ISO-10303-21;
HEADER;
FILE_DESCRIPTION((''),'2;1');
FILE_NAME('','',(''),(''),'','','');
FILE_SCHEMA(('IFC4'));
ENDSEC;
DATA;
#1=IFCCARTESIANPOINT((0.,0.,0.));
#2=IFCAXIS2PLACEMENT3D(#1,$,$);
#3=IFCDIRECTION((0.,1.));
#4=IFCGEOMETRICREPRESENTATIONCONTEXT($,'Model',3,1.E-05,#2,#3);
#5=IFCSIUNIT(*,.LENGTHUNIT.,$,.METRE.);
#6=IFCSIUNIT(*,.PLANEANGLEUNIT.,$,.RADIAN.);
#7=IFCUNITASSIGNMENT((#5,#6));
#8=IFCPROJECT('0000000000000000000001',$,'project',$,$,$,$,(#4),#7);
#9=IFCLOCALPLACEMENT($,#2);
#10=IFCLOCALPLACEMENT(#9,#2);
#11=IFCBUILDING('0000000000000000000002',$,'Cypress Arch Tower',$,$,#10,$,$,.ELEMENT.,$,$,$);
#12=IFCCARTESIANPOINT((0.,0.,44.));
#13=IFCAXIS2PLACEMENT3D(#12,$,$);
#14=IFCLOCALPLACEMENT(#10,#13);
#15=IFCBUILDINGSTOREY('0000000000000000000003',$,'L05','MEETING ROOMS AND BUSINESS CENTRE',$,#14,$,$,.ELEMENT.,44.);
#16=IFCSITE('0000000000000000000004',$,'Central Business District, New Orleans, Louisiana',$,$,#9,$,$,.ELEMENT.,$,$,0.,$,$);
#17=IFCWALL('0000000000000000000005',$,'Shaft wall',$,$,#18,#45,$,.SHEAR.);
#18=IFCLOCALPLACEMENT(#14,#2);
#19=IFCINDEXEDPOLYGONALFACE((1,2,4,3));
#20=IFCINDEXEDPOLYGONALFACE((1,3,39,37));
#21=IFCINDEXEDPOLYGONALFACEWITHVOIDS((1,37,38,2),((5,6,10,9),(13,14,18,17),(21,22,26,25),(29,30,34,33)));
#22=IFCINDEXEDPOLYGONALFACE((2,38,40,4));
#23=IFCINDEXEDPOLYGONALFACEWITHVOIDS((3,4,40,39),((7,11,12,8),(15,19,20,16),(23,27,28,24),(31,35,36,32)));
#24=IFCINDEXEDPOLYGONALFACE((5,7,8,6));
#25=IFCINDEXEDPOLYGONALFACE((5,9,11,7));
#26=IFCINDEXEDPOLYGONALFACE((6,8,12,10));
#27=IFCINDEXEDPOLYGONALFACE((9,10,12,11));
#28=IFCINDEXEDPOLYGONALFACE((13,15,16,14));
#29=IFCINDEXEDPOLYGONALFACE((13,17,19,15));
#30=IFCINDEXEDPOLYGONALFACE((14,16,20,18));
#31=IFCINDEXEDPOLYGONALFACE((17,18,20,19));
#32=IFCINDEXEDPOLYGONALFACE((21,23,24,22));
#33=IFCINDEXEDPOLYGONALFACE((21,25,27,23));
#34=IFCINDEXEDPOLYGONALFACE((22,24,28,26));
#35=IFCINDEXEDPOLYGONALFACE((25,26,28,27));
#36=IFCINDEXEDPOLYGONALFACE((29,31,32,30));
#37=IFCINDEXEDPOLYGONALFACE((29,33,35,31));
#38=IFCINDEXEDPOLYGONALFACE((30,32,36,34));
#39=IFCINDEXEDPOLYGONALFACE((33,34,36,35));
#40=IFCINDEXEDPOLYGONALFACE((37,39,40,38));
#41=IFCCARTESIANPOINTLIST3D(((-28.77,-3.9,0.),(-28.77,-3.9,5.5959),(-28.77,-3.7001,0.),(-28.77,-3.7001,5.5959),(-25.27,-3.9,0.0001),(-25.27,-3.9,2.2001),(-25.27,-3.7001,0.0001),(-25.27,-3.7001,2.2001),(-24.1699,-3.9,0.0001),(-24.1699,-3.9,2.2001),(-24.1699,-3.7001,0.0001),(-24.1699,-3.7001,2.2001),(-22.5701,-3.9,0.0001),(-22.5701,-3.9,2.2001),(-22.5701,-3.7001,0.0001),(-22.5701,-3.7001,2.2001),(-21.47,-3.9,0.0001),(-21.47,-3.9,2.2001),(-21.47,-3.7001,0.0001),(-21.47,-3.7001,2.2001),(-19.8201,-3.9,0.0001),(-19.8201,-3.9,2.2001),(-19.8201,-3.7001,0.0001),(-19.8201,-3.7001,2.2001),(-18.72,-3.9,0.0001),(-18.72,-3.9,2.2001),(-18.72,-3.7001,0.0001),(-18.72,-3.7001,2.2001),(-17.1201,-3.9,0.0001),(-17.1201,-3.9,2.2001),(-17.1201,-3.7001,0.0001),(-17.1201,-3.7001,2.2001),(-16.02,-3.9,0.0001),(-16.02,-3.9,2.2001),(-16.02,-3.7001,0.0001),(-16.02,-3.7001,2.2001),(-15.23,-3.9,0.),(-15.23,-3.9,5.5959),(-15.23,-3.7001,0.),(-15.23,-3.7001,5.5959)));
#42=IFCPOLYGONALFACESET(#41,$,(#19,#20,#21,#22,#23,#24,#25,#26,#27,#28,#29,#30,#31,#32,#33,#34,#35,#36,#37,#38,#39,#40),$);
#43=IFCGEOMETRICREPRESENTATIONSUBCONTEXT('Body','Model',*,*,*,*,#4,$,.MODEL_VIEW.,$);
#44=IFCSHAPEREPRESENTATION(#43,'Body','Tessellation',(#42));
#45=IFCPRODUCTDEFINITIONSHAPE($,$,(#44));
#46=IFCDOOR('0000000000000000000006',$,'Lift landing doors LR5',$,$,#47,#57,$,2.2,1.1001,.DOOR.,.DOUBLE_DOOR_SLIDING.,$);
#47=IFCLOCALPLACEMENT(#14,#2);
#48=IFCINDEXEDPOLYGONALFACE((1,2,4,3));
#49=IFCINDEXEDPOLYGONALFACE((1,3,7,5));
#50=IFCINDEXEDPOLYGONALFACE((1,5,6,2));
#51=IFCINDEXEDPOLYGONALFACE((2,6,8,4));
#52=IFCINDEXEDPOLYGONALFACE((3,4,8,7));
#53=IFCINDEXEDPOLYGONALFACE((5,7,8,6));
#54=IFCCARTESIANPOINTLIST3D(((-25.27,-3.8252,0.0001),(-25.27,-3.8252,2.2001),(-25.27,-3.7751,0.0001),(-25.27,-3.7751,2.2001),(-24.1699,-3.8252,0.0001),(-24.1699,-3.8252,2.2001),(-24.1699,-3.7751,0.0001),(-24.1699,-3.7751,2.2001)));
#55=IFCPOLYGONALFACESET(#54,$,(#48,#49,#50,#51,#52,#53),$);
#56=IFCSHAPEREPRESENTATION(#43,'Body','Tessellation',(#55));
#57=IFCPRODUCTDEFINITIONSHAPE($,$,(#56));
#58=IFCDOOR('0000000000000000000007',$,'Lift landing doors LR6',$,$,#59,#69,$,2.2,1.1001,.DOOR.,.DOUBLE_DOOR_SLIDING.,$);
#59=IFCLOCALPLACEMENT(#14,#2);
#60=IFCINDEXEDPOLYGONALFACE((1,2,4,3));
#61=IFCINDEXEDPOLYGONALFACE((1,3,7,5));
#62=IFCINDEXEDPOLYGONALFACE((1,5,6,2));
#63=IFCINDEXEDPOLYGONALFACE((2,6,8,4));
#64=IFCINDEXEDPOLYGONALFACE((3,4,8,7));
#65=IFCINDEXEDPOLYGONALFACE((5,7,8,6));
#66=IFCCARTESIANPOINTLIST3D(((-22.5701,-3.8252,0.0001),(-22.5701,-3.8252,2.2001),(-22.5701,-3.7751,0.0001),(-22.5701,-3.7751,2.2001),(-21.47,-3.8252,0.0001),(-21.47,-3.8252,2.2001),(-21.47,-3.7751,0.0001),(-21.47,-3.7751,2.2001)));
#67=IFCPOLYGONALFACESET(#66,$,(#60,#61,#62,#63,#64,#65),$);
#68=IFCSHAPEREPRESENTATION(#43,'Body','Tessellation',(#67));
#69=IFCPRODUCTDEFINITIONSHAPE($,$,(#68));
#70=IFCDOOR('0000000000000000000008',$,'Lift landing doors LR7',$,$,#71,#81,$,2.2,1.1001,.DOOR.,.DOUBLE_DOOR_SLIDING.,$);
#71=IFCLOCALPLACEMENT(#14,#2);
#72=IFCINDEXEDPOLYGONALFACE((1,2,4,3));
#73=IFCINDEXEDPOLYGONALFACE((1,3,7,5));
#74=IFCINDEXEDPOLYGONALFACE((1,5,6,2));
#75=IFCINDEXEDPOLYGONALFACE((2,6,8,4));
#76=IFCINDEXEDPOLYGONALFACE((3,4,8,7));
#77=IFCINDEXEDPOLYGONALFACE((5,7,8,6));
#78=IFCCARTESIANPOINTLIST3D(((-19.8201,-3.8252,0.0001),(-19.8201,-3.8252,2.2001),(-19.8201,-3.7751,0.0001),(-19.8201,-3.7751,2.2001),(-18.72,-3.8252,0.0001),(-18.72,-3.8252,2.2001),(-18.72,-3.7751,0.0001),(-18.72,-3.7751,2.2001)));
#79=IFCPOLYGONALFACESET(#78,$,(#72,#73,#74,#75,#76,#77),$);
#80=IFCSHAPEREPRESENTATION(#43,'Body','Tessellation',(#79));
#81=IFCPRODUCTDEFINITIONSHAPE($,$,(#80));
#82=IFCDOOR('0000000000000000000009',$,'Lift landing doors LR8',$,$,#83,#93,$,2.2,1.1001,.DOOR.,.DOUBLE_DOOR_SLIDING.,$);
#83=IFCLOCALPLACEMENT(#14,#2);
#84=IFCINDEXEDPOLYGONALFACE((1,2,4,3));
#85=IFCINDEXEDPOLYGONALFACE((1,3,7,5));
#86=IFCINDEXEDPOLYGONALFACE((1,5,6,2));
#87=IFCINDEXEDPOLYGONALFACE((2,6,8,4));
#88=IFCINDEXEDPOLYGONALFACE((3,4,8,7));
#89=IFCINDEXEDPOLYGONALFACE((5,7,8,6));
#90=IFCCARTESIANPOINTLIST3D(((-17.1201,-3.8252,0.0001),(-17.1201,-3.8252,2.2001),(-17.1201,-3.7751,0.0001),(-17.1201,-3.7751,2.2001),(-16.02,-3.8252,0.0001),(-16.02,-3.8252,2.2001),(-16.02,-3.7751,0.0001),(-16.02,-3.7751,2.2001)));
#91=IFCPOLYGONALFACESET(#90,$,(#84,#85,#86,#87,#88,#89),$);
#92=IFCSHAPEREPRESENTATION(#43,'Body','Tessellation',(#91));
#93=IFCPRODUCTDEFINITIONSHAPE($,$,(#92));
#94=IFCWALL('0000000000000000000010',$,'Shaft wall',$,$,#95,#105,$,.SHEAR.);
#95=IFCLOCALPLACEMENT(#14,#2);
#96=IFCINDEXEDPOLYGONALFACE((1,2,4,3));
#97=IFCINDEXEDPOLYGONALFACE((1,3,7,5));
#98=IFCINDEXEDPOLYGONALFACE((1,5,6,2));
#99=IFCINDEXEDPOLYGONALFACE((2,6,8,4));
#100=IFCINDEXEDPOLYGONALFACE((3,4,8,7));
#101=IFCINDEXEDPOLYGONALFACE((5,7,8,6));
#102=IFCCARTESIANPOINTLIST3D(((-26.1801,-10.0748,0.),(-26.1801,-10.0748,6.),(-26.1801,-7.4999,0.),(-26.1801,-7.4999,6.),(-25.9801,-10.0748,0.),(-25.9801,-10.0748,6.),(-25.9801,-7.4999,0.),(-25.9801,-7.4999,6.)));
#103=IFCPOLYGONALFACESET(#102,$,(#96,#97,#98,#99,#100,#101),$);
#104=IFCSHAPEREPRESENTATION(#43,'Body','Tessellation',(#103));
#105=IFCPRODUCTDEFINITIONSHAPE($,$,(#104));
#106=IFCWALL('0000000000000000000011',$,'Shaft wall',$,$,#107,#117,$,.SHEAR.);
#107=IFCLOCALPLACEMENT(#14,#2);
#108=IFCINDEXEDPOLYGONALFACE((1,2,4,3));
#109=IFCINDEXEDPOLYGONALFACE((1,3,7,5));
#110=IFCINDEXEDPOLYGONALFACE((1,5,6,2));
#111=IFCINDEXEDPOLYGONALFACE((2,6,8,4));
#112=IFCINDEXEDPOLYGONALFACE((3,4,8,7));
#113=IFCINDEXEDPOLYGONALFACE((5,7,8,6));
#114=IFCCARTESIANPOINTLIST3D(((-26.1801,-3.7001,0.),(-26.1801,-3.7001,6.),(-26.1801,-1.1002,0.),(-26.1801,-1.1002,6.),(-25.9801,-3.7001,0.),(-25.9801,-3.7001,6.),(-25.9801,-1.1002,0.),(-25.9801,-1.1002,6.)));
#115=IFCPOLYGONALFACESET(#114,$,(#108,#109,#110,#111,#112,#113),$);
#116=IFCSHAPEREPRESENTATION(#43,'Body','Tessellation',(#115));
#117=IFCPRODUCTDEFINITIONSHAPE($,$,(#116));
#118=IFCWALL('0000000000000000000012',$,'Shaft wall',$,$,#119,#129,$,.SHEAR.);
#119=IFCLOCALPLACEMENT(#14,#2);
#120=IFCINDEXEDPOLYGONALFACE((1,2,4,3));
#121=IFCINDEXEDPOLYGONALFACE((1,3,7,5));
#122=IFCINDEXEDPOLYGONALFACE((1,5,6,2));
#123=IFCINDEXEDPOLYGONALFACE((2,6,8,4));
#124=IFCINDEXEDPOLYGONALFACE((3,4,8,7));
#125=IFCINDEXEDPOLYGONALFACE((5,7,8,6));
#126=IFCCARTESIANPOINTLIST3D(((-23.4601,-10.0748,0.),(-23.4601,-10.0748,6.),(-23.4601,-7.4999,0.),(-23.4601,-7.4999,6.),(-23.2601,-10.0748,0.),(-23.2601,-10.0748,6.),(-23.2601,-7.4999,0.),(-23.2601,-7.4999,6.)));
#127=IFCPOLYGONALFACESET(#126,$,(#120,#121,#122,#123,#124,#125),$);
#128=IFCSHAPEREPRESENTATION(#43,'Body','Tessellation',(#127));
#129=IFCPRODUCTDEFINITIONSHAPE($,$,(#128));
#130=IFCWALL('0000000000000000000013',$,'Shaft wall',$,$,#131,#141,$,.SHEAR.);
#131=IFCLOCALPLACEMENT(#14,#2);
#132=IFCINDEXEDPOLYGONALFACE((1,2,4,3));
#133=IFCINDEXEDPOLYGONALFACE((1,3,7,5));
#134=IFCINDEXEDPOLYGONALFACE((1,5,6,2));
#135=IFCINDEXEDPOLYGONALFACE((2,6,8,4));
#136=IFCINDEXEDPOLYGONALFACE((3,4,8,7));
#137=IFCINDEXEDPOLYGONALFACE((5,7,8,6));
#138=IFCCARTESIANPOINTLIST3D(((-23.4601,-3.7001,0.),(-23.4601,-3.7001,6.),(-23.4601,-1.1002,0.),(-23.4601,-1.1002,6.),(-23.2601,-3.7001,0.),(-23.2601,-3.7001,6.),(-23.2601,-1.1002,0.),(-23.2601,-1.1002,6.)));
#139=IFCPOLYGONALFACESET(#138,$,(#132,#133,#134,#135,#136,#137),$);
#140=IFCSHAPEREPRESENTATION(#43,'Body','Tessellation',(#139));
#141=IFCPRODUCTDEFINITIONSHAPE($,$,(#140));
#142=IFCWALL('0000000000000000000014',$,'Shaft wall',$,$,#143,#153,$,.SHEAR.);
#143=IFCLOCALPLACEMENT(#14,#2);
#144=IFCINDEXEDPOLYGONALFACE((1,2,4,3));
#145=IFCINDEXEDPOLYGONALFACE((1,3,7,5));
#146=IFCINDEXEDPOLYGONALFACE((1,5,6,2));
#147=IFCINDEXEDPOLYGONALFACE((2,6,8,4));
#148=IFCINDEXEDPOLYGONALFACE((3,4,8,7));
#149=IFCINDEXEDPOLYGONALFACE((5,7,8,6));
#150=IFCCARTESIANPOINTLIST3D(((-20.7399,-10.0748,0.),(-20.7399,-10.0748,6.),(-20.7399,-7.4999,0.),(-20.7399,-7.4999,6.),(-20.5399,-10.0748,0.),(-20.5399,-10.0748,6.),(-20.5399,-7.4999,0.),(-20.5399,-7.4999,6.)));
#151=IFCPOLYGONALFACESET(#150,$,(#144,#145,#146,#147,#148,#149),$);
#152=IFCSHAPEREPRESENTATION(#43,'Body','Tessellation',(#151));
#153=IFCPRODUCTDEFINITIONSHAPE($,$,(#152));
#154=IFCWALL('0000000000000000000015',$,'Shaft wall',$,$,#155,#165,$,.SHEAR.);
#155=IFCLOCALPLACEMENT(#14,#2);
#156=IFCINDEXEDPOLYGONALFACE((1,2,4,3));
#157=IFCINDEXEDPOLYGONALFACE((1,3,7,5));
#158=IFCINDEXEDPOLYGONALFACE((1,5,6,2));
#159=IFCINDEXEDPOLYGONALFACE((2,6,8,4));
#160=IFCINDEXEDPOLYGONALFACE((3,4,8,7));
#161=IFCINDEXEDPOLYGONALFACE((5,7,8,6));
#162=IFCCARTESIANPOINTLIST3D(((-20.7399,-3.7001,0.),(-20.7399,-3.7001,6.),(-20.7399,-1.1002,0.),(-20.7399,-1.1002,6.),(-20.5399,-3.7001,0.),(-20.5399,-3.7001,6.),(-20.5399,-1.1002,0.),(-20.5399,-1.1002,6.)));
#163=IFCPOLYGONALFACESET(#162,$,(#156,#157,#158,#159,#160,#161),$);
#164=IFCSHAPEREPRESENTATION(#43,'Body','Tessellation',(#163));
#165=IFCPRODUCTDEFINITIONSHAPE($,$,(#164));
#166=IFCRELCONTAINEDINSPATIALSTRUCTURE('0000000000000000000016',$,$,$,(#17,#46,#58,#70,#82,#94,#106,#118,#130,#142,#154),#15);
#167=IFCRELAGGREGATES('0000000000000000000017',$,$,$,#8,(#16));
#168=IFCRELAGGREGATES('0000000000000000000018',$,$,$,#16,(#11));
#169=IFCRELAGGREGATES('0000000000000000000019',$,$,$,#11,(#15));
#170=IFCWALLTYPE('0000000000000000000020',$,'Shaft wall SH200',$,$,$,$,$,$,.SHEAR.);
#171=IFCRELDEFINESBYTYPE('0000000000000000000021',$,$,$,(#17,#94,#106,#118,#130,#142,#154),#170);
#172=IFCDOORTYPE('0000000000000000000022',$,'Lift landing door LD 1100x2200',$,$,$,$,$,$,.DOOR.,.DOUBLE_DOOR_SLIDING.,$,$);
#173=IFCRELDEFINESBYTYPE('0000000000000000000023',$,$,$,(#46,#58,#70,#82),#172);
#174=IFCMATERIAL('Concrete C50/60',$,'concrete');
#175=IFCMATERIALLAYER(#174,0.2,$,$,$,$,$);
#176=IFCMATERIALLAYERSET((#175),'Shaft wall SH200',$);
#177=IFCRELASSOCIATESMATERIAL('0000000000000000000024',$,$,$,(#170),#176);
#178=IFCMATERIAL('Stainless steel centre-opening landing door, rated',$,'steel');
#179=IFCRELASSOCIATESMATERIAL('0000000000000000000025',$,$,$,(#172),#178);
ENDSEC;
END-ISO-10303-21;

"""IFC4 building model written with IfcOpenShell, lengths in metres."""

from ifc_helpers import new_model, si_unit, direction, frame, frame_2d, origin, place, context, subcontext, project, spatial, rectangle, extrude, material, layer, layer_set, type_object, element, fill, save


model = new_model("IFC4")

# Units and contexts
model_context = context("Model", 3, precision=1e-05, world=origin(), true_north=direction((0.0, 1.0)))
body_context = subcontext(model_context, "Body", "Model", "MODEL_VIEW")
ifc_project = project(units=[si_unit("LENGTHUNIT", "METRE"), si_unit("PLANEANGLEUNIT", "RADIAN")], contexts=[model_context])

# Site, building, storey
site_placement = place(None, origin())
site = spatial("IfcSite", under=ifc_project, at=site_placement, Name="Central Business District, New Orleans, Louisiana", CompositionType="ELEMENT", RefElevation=0.0)
building_placement = place(site_placement, origin())
building = spatial("IfcBuilding", under=site, at=building_placement, Name="Cypress Arch Tower", CompositionType="ELEMENT")
storey_placement = place(building_placement, frame((0.0, 0.0, 44.0)))
storey = spatial("IfcBuildingStorey", under=building, at=storey_placement, Name="L05", Description="MEETING ROOMS AND BUSINESS CENTRE", CompositionType="ELEMENT", Elevation=44.0)

# Wall, openings, doors
ifc_material_1 = material(Name="Concrete C50/60", Category="concrete")
ifc_layer_1 = layer(ifc_material_1, 0.2)
ifc_layer_set_1 = layer_set([ifc_layer_1], Name="Shaft wall SH200")
wall_type_1 = type_object("IfcWallType", Name="Shaft wall SH200", PredefinedType="SHEAR", material=ifc_layer_set_1)
ifc_material_2 = material(Name="Stainless steel centre-opening landing door, rated", Category="steel")
door_type = type_object("IfcDoorType", Name="Lift landing door LD 1100x2200", OperationType="DOUBLE_DOOR_SLIDING", PredefinedType="DOOR", material=ifc_material_2)
wall_1_placement = place(storey_placement, frame((-28.77, -3.8, 0.0), z_axis=(0.0, 0.0, 1.0), x_axis=(1.0, 0.0, 0.0)))
wall_1 = element("IfcWall", 1, at=wall_1_placement, inside=storey, type_object=wall_type_1, Name="Shaft wall", PredefinedType="SHEAR", context=body_context, shape_type="SweptSolid", body=[
    extrude(rectangle(XDim=13.54, YDim=0.2, at=frame_2d((6.77, 0.0))), origin(), (0.0, 0.0, 1.0), 5.5959),
])
opening_1_placement = place(wall_1_placement, frame((3.5, 0.0, 0.0)))
opening_1 = element("IfcOpeningElement", 2, at=opening_1_placement, cuts=wall_1, PredefinedType="OPENING", context=body_context, shape_type="SweptSolid", body=[
    extrude(rectangle(XDim=1.1001, YDim=2.2, at=frame_2d((0.55, 1.1001))), frame((0.0, 0.1099, 0.0), z_axis=(0.0, -1.0, 0.0), x_axis=(1.0, 0.0, 0.0)), (0.0, 0.0, 1.0), 0.22),
])
opening_2_placement = place(wall_1_placement, frame((6.2, 0.0, 0.0)))
opening_2 = element("IfcOpeningElement", 3, at=opening_2_placement, cuts=wall_1, PredefinedType="OPENING", context=body_context, shape_type="SweptSolid", body=[
    extrude(rectangle(XDim=1.1001, YDim=2.2, at=frame_2d((0.55, 1.1001))), frame((0.0, 0.1099, 0.0), z_axis=(0.0, -1.0, 0.0), x_axis=(1.0, 0.0, 0.0)), (0.0, 0.0, 1.0), 0.22),
])
opening_3_placement = place(wall_1_placement, frame((8.95, 0.0, 0.0)))
opening_3 = element("IfcOpeningElement", 4, at=opening_3_placement, cuts=wall_1, PredefinedType="OPENING", context=body_context, shape_type="SweptSolid", body=[
    extrude(rectangle(XDim=1.1001, YDim=2.2, at=frame_2d((0.55, 1.1001))), frame((0.0, 0.1099, 0.0), z_axis=(0.0, -1.0, 0.0), x_axis=(1.0, 0.0, 0.0)), (0.0, 0.0, 1.0), 0.22),
])
opening_4_placement = place(wall_1_placement, frame((11.6499, 0.0, 0.0)))
opening_4 = element("IfcOpeningElement", 5, at=opening_4_placement, cuts=wall_1, PredefinedType="OPENING", context=body_context, shape_type="SweptSolid", body=[
    extrude(rectangle(XDim=1.1001, YDim=2.2, at=frame_2d((0.55, 1.1001))), frame((0.0, 0.1099, 0.0), z_axis=(0.0, -1.0, 0.0), x_axis=(1.0, 0.0, 0.0)), (0.0, 0.0, 1.0), 0.22),
])
door_1_placement = place(opening_1_placement, origin())
door_1 = element("IfcDoor", 6, at=door_1_placement, inside=storey, type_object=door_type, Name="Lift landing doors LR5", OperationType="DOUBLE_DOOR_SLIDING", OverallHeight=2.2, OverallWidth=1.1001, PredefinedType="DOOR", context=body_context, shape_type="SweptSolid", body=[
    extrude(rectangle(XDim=1.1001, YDim=2.2, at=frame_2d((0.55, 1.1001))), frame((0.0, 0.0249, 0.0), z_axis=(0.0, -1.0, 0.0), x_axis=(1.0, 0.0, 0.0)), (0.0, 0.0, 1.0), 0.05),
])
fill(opening_1, door_1)
door_2_placement = place(opening_2_placement, origin())
door_2 = element("IfcDoor", 7, at=door_2_placement, inside=storey, type_object=door_type, Name="Lift landing doors LR6", OperationType="DOUBLE_DOOR_SLIDING", OverallHeight=2.2, OverallWidth=1.1001, PredefinedType="DOOR", context=body_context, shape_type="SweptSolid", body=[
    extrude(rectangle(XDim=1.1001, YDim=2.2, at=frame_2d((0.55, 1.1001))), frame((0.0, 0.0249, 0.0), z_axis=(0.0, -1.0, 0.0), x_axis=(1.0, 0.0, 0.0)), (0.0, 0.0, 1.0), 0.05),
])
fill(opening_2, door_2)
door_3_placement = place(opening_3_placement, origin())
door_3 = element("IfcDoor", 8, at=door_3_placement, inside=storey, type_object=door_type, Name="Lift landing doors LR7", OperationType="DOUBLE_DOOR_SLIDING", OverallHeight=2.2, OverallWidth=1.1001, PredefinedType="DOOR", context=body_context, shape_type="SweptSolid", body=[
    extrude(rectangle(XDim=1.1001, YDim=2.2, at=frame_2d((0.55, 1.1001))), frame((0.0, 0.0249, 0.0), z_axis=(0.0, -1.0, 0.0), x_axis=(1.0, 0.0, 0.0)), (0.0, 0.0, 1.0), 0.05),
])
fill(opening_3, door_3)
door_4_placement = place(opening_4_placement, origin())
door_4 = element("IfcDoor", 9, at=door_4_placement, inside=storey, type_object=door_type, Name="Lift landing doors LR8", OperationType="DOUBLE_DOOR_SLIDING", OverallHeight=2.2, OverallWidth=1.1001, PredefinedType="DOOR", context=body_context, shape_type="SweptSolid", body=[
    extrude(rectangle(XDim=1.1001, YDim=2.2, at=frame_2d((0.55, 1.1001))), frame((0.0, 0.0249, 0.0), z_axis=(0.0, -1.0, 0.0), x_axis=(1.0, 0.0, 0.0)), (0.0, 0.0, 1.0), 0.05),
])
fill(opening_4, door_4)

# Walls
wall_2_placement = place(storey_placement, frame((-26.0801, -10.075, 0.0), z_axis=(0.0, 0.0, 1.0), x_axis=(0.0, 1.0, 0.0)))
element("IfcWall", 10, at=wall_2_placement, inside=storey, type_object=wall_type_1, Name="Shaft wall", PredefinedType="SHEAR", context=body_context, shape_type="SweptSolid", body=[
    extrude(rectangle(XDim=2.575, YDim=0.2, at=frame_2d((1.2876, 0.0))), origin(), (0.0, 0.0, 1.0), 6.0),
])
wall_3_placement = place(storey_placement, frame((-26.0801, -3.7, 0.0), z_axis=(0.0, 0.0, 1.0), x_axis=(0.0, 1.0, 0.0)))
element("IfcWall", 11, at=wall_3_placement, inside=storey, type_object=wall_type_1, Name="Shaft wall", PredefinedType="SHEAR", context=body_context, shape_type="SweptSolid", body=[
    extrude(rectangle(XDim=2.5999, YDim=0.2, at=frame_2d((1.2998, 0.0))), origin(), (0.0, 0.0, 1.0), 6.0),
])
wall_4_placement = place(storey_placement, frame((-23.3601, -10.075, 0.0), z_axis=(0.0, 0.0, 1.0), x_axis=(0.0, 1.0, 0.0)))
element("IfcWall", 12, at=wall_4_placement, inside=storey, type_object=wall_type_1, Name="Shaft wall", PredefinedType="SHEAR", context=body_context, shape_type="SweptSolid", body=[
    extrude(rectangle(XDim=2.575, YDim=0.2, at=frame_2d((1.2876, 0.0))), origin(), (0.0, 0.0, 1.0), 6.0),
])
wall_5_placement = place(storey_placement, frame((-23.3601, -3.7, 0.0), z_axis=(0.0, 0.0, 1.0), x_axis=(0.0, 1.0, 0.0)))
element("IfcWall", 13, at=wall_5_placement, inside=storey, type_object=wall_type_1, Name="Shaft wall", PredefinedType="SHEAR", context=body_context, shape_type="SweptSolid", body=[
    extrude(rectangle(XDim=2.5999, YDim=0.2, at=frame_2d((1.2998, 0.0))), origin(), (0.0, 0.0, 1.0), 6.0),
])
wall_6_placement = place(storey_placement, frame((-20.6399, -10.075, 0.0), z_axis=(0.0, 0.0, 1.0), x_axis=(0.0, 1.0, 0.0)))
element("IfcWall", 14, at=wall_6_placement, inside=storey, type_object=wall_type_1, Name="Shaft wall", PredefinedType="SHEAR", context=body_context, shape_type="SweptSolid", body=[
    extrude(rectangle(XDim=2.575, YDim=0.2, at=frame_2d((1.2876, 0.0))), origin(), (0.0, 0.0, 1.0), 6.0),
])
wall_7_placement = place(storey_placement, frame((-20.6399, -3.7, 0.0), z_axis=(0.0, 0.0, 1.0), x_axis=(0.0, 1.0, 0.0)))
element("IfcWall", 15, at=wall_7_placement, inside=storey, type_object=wall_type_1, Name="Shaft wall", PredefinedType="SHEAR", context=body_context, shape_type="SweptSolid", body=[
    extrude(rectangle(XDim=2.5999, YDim=0.2, at=frame_2d((1.2998, 0.0))), origin(), (0.0, 0.0, 1.0), 6.0),
])

save(model, "model.ifc")
